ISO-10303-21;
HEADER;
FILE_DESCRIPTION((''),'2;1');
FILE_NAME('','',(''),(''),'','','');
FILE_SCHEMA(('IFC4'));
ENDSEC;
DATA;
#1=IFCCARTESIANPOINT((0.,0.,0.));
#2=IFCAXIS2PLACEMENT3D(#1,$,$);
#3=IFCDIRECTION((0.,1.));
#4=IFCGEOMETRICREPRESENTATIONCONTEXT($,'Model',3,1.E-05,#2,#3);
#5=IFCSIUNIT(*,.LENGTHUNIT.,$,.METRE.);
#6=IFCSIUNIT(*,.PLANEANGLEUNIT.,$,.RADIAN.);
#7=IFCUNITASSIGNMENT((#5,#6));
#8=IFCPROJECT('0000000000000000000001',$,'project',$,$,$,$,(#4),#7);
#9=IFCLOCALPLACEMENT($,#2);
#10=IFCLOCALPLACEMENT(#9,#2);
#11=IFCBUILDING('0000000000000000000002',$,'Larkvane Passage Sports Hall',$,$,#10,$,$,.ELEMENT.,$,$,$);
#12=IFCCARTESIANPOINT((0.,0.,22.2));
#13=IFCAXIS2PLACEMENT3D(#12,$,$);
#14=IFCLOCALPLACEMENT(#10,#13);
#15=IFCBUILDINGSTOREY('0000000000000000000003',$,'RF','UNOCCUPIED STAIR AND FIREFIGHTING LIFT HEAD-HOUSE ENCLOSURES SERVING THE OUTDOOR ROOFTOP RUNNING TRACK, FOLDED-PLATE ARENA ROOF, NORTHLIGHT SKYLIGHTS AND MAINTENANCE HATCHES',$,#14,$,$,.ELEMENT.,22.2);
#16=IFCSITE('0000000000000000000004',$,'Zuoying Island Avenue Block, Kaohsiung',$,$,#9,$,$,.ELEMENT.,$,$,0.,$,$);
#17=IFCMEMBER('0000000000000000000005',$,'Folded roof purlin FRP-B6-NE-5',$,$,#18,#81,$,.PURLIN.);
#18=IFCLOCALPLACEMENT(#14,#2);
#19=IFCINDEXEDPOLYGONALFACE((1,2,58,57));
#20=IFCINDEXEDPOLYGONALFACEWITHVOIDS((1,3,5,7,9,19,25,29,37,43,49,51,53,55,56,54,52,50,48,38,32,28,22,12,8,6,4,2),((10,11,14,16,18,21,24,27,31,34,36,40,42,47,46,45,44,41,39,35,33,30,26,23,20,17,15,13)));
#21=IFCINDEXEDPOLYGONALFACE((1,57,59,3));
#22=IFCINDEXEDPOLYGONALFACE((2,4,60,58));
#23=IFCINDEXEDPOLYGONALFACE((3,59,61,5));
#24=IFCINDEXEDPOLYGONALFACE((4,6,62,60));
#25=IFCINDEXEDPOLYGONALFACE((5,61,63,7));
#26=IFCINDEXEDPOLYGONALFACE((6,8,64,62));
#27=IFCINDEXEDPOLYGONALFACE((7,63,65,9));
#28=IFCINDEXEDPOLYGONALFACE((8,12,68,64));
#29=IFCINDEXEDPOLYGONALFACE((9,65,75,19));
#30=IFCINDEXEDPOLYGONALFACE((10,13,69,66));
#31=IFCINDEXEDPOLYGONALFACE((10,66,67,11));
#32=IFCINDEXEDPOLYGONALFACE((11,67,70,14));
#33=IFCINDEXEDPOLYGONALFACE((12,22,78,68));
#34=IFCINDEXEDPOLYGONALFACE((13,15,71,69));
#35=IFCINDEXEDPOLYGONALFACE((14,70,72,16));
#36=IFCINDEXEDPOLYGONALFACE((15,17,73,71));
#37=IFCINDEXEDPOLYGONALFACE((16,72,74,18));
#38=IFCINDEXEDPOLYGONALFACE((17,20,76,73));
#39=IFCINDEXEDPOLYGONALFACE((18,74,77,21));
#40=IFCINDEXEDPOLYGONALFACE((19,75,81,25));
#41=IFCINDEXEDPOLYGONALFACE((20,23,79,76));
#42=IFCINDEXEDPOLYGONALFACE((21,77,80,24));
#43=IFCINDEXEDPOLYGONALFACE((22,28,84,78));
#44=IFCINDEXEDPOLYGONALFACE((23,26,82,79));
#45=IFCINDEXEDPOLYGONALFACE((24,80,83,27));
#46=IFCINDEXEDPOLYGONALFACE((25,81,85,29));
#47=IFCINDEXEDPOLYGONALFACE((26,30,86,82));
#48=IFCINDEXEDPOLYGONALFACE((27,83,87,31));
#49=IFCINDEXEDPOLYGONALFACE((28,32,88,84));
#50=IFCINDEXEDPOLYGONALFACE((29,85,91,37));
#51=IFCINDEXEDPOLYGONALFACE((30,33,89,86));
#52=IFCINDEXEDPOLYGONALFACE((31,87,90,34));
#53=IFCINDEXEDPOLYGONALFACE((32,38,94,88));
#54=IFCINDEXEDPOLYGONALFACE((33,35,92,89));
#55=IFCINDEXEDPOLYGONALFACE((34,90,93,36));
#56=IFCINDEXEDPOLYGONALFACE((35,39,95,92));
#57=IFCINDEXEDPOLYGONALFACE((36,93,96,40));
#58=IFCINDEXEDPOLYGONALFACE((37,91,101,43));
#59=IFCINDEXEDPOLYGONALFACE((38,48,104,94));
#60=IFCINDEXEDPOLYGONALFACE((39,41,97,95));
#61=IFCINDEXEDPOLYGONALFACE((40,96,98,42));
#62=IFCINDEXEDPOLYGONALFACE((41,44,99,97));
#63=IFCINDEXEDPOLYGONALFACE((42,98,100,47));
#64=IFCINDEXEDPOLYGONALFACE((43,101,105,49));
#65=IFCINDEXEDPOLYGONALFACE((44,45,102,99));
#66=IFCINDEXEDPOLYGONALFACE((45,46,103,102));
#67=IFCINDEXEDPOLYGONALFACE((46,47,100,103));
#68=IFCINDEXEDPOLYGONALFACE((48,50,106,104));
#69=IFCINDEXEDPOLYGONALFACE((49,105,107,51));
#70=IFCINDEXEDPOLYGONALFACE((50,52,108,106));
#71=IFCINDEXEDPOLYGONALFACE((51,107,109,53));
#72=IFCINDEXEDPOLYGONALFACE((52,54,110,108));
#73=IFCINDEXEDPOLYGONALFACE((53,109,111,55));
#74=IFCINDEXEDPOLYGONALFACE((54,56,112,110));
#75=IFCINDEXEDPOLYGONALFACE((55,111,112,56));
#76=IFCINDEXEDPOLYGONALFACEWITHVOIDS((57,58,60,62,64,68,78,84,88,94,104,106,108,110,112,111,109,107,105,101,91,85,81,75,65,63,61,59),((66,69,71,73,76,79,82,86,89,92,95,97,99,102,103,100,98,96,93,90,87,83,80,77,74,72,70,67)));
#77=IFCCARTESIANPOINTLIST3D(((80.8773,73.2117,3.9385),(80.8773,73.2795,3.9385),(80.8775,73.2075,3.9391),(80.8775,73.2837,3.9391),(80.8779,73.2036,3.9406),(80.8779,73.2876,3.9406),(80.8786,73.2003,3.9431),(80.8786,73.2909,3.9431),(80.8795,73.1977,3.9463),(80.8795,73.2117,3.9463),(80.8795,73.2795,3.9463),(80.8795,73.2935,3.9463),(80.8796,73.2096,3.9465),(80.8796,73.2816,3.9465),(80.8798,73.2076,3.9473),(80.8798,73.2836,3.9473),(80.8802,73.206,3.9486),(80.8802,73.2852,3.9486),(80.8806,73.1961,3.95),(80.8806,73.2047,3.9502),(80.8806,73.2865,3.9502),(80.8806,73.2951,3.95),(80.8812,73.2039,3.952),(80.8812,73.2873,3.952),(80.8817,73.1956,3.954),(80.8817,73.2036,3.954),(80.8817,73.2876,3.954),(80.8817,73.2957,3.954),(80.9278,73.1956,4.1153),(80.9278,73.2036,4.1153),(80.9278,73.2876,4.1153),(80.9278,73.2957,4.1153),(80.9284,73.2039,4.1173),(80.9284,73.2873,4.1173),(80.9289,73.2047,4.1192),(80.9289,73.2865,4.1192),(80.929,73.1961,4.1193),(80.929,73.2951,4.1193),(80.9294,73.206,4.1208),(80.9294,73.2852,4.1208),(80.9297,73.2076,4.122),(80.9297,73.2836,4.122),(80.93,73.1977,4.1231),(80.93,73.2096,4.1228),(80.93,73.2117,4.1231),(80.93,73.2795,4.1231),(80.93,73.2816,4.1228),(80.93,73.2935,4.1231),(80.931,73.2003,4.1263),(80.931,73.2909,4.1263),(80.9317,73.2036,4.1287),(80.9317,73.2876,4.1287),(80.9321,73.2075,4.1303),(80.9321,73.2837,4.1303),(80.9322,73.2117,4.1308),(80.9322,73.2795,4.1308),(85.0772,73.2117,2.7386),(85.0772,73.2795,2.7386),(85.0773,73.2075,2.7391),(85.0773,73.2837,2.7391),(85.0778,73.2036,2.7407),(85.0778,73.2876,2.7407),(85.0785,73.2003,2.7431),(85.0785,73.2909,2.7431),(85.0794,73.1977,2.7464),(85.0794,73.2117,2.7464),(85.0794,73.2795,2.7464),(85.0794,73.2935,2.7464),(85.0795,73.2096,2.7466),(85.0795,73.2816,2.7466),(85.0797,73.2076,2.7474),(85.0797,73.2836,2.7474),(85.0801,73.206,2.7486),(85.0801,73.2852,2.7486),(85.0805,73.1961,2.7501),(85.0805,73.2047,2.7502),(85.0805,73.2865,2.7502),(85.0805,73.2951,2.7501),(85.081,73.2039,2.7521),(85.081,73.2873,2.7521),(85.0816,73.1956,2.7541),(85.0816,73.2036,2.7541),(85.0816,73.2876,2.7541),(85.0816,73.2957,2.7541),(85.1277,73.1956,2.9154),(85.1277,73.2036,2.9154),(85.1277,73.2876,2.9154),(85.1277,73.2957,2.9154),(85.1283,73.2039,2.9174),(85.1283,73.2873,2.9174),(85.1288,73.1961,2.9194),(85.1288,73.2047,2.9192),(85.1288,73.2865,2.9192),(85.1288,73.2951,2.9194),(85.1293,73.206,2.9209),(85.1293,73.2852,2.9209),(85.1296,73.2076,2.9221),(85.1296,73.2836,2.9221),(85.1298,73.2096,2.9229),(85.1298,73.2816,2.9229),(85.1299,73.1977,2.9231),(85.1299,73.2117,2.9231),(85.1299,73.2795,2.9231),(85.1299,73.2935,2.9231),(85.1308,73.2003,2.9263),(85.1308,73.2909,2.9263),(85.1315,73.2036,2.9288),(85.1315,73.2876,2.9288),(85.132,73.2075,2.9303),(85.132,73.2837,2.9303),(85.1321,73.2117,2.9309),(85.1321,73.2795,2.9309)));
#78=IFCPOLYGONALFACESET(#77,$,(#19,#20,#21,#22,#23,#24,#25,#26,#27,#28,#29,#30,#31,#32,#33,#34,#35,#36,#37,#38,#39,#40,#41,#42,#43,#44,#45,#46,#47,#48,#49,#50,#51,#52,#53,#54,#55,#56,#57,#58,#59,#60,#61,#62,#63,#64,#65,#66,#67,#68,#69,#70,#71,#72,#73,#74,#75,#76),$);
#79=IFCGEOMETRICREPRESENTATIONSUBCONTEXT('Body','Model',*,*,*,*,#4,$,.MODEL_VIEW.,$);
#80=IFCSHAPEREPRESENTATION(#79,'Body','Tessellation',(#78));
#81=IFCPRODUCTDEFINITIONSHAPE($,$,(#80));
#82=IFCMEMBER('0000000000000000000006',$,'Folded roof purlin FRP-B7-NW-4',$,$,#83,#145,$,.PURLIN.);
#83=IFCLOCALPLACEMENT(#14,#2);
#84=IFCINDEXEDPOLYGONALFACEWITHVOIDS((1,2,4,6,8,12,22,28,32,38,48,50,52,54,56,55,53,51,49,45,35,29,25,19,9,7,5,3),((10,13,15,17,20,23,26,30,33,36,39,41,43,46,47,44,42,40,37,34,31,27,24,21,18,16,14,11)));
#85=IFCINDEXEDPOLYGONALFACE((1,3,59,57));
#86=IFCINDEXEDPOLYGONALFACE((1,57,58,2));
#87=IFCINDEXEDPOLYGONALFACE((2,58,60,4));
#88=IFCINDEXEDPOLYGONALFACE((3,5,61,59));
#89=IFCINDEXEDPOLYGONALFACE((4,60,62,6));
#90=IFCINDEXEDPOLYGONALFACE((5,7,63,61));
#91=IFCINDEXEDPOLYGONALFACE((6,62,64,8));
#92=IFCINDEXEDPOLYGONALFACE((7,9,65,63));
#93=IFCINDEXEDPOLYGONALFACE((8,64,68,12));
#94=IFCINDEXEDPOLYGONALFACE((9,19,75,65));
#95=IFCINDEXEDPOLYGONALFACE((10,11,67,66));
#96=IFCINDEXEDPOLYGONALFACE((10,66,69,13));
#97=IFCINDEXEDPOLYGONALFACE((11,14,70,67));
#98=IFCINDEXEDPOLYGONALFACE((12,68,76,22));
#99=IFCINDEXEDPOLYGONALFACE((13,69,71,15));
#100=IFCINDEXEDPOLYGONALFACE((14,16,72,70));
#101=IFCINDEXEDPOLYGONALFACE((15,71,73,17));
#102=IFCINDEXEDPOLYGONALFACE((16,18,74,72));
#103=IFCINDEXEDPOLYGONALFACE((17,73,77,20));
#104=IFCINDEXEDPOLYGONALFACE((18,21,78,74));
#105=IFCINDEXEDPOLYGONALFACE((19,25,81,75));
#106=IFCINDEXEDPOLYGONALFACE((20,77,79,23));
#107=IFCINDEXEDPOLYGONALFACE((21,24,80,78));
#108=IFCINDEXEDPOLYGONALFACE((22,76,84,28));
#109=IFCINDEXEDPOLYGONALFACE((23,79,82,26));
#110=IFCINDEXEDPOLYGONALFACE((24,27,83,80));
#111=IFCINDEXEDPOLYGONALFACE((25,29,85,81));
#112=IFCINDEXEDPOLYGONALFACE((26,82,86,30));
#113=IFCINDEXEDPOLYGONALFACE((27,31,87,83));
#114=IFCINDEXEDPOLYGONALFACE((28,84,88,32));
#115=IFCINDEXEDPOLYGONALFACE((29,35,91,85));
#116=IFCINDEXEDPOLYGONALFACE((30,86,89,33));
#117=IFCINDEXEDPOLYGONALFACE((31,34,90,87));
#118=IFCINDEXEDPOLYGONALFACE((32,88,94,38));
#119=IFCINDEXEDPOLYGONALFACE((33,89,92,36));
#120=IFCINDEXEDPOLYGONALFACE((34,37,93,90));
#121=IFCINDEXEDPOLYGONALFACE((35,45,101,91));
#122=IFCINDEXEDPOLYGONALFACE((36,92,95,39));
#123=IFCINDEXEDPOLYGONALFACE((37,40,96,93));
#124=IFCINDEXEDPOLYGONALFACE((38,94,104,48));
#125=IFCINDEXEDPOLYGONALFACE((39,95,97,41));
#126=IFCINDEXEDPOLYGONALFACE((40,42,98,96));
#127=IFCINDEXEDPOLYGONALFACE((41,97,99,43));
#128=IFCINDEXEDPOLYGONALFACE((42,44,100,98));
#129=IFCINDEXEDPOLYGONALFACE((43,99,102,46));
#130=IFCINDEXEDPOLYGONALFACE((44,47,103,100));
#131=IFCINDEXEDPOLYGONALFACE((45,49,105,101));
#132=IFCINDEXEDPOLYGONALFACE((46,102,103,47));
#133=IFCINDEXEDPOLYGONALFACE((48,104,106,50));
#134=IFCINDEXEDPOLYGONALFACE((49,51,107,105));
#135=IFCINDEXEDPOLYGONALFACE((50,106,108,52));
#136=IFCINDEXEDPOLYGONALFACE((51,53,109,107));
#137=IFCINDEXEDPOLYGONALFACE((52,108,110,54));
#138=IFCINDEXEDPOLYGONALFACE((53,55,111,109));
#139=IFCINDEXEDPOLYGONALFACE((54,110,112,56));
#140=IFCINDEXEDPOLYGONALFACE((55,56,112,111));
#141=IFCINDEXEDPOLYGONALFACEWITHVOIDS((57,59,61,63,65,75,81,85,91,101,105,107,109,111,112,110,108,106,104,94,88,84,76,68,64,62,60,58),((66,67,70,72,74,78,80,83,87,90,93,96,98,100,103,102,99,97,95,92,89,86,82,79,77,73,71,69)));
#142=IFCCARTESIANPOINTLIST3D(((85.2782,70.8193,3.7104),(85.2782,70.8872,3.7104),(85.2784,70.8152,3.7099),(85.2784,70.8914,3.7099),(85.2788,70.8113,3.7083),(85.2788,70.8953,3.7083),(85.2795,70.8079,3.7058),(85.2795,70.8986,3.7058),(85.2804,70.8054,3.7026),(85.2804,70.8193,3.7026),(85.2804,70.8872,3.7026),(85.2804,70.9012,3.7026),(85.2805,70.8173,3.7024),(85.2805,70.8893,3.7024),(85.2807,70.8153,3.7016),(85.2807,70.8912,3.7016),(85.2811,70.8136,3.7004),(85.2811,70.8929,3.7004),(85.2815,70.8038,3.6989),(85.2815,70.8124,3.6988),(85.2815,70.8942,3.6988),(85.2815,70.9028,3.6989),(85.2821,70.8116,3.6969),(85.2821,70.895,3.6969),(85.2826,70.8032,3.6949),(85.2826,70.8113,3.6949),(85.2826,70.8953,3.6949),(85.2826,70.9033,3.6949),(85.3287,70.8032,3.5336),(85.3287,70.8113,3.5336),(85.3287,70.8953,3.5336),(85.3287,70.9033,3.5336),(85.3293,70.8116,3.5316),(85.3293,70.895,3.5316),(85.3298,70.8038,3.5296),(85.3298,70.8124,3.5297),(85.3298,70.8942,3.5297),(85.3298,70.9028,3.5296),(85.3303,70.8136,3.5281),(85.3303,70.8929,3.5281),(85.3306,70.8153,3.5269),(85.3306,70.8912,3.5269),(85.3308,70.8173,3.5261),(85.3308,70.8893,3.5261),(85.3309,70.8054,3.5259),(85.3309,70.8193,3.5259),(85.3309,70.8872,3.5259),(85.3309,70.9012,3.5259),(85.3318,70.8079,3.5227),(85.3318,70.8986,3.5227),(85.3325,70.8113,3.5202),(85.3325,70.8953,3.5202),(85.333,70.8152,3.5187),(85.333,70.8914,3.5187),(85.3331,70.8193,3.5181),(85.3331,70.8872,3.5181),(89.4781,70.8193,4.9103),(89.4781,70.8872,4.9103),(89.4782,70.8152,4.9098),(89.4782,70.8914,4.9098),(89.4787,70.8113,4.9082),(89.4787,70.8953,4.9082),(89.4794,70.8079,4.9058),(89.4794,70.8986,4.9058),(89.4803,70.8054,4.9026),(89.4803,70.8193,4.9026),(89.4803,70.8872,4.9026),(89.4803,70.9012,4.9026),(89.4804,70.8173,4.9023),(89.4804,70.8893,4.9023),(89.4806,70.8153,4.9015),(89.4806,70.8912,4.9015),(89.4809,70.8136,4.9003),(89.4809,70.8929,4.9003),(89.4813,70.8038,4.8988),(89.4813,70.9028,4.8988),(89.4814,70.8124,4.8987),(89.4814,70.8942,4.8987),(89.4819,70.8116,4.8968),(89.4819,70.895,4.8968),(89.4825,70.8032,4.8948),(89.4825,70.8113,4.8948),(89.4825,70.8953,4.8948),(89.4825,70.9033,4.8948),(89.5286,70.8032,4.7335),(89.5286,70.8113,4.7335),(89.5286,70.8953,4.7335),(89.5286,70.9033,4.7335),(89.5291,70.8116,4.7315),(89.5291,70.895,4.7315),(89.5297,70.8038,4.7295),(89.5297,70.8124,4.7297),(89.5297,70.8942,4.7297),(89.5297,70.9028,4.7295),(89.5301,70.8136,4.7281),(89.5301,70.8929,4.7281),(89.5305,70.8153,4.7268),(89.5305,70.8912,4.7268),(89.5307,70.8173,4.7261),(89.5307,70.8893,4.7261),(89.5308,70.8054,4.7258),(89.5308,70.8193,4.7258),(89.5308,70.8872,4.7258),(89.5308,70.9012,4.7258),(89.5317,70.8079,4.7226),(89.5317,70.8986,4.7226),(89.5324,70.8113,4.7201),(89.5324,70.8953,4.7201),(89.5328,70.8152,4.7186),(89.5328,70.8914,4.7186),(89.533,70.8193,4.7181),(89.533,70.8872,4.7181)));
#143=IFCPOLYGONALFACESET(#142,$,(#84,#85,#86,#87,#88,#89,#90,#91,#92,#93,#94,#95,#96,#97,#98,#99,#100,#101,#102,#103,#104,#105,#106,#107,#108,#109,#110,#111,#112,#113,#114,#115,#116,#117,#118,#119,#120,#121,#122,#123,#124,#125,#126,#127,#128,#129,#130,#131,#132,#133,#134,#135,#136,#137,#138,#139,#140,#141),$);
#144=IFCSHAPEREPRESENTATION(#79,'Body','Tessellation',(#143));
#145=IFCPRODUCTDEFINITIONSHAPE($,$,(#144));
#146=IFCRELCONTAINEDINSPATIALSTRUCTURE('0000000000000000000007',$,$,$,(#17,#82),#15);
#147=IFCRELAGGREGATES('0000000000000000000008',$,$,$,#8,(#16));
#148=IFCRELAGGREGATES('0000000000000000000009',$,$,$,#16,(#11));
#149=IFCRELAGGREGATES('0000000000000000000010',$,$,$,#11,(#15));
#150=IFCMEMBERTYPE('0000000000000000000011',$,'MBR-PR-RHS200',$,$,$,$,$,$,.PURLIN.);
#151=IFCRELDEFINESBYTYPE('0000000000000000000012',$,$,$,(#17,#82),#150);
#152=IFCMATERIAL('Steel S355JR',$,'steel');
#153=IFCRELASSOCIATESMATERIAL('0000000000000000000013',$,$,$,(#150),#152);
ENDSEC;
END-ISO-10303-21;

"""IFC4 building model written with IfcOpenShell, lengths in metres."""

from ifc_helpers import new_model, si_unit, direction, frame, origin, origin_2d, place, context, subcontext, project, spatial, hollow_rectangle, extrude, material, material_profile, profile_set, type_object, element, save


model = new_model("IFC4")

# Units and contexts
model_context = context("Model", 3, precision=1e-05, world=origin(), true_north=direction((0.0, 1.0)))
body_context = subcontext(model_context, "Body", "Model", "MODEL_VIEW")
ifc_project = project(units=[si_unit("LENGTHUNIT", "METRE"), si_unit("PLANEANGLEUNIT", "RADIAN")], contexts=[model_context])

# Site, building, storey
site_placement = place(None, origin())
site = spatial("IfcSite", under=ifc_project, at=site_placement, Name="Zuoying Island Avenue Block, Kaohsiung", CompositionType="ELEMENT", RefElevation=0.0)
building_placement = place(site_placement, origin())
building = spatial("IfcBuilding", under=site, at=building_placement, Name="Larkvane Passage Sports Hall", CompositionType="ELEMENT")
storey_placement = place(building_placement, frame((0.0, 0.0, 22.2)))
storey = spatial("IfcBuildingStorey", under=building, at=storey_placement, Name="RF", Description="UNOCCUPIED STAIR AND FIREFIGHTING LIFT HEAD-HOUSE ENCLOSURES SERVING THE OUTDOOR ROOFTOP RUNNING TRACK, FOLDED-PLATE ARENA ROOF, NORTHLIGHT SKYLIGHTS AND MAINTENANCE HATCHES", CompositionType="ELEMENT", Elevation=22.2)

# Members
ifc_material_1 = material(Name="Steel S355JR", Category="steel")
ifc_material_profile_1 = material_profile(ifc_material_1, hollow_rectangle(XDim=0.1001, YDim=0.2, WallThickness=0.0081, InnerFilletRadius=0.0081, OuterFilletRadius=0.0161, at=origin_2d()), Name="RHS-200x100x8")
ifc_profile_set_1 = profile_set([ifc_material_profile_1], Name="Steel S355JR")
member_type_1 = type_object("IfcMemberType", Name="MBR-PR-RHS200", PredefinedType="PURLIN", material=ifc_profile_set_1)
for number, where, z_axis, x_axis, name in (
    (1, (80.9048, 73.2456, 4.0347), (0.961526, 0.0, -0.274714), (0.0, 1.0, 0.0), "Folded roof purlin FRP-B6-NE-5"),
    (2, (85.3057, 70.8533, 3.6143), (0.961526, 0.0, 0.274714), (0.0, 1.0, 0.0), "Folded roof purlin FRP-B7-NW-4"),
):
    element("IfcMember", number, at=place(storey_placement, frame(where, z_axis=z_axis, x_axis=x_axis)), inside=storey, type_object=member_type_1, Name=name, PredefinedType="PURLIN", context=body_context, shape_type="SweptSolid", body=[
        extrude(hollow_rectangle(XDim=0.1001, YDim=0.2, WallThickness=0.0081, InnerFilletRadius=0.0081, OuterFilletRadius=0.0161, at=origin_2d()), origin(), (0.0, 0.0, 1.0), 4.3679),
    ])

save(model, "model.ifc")
